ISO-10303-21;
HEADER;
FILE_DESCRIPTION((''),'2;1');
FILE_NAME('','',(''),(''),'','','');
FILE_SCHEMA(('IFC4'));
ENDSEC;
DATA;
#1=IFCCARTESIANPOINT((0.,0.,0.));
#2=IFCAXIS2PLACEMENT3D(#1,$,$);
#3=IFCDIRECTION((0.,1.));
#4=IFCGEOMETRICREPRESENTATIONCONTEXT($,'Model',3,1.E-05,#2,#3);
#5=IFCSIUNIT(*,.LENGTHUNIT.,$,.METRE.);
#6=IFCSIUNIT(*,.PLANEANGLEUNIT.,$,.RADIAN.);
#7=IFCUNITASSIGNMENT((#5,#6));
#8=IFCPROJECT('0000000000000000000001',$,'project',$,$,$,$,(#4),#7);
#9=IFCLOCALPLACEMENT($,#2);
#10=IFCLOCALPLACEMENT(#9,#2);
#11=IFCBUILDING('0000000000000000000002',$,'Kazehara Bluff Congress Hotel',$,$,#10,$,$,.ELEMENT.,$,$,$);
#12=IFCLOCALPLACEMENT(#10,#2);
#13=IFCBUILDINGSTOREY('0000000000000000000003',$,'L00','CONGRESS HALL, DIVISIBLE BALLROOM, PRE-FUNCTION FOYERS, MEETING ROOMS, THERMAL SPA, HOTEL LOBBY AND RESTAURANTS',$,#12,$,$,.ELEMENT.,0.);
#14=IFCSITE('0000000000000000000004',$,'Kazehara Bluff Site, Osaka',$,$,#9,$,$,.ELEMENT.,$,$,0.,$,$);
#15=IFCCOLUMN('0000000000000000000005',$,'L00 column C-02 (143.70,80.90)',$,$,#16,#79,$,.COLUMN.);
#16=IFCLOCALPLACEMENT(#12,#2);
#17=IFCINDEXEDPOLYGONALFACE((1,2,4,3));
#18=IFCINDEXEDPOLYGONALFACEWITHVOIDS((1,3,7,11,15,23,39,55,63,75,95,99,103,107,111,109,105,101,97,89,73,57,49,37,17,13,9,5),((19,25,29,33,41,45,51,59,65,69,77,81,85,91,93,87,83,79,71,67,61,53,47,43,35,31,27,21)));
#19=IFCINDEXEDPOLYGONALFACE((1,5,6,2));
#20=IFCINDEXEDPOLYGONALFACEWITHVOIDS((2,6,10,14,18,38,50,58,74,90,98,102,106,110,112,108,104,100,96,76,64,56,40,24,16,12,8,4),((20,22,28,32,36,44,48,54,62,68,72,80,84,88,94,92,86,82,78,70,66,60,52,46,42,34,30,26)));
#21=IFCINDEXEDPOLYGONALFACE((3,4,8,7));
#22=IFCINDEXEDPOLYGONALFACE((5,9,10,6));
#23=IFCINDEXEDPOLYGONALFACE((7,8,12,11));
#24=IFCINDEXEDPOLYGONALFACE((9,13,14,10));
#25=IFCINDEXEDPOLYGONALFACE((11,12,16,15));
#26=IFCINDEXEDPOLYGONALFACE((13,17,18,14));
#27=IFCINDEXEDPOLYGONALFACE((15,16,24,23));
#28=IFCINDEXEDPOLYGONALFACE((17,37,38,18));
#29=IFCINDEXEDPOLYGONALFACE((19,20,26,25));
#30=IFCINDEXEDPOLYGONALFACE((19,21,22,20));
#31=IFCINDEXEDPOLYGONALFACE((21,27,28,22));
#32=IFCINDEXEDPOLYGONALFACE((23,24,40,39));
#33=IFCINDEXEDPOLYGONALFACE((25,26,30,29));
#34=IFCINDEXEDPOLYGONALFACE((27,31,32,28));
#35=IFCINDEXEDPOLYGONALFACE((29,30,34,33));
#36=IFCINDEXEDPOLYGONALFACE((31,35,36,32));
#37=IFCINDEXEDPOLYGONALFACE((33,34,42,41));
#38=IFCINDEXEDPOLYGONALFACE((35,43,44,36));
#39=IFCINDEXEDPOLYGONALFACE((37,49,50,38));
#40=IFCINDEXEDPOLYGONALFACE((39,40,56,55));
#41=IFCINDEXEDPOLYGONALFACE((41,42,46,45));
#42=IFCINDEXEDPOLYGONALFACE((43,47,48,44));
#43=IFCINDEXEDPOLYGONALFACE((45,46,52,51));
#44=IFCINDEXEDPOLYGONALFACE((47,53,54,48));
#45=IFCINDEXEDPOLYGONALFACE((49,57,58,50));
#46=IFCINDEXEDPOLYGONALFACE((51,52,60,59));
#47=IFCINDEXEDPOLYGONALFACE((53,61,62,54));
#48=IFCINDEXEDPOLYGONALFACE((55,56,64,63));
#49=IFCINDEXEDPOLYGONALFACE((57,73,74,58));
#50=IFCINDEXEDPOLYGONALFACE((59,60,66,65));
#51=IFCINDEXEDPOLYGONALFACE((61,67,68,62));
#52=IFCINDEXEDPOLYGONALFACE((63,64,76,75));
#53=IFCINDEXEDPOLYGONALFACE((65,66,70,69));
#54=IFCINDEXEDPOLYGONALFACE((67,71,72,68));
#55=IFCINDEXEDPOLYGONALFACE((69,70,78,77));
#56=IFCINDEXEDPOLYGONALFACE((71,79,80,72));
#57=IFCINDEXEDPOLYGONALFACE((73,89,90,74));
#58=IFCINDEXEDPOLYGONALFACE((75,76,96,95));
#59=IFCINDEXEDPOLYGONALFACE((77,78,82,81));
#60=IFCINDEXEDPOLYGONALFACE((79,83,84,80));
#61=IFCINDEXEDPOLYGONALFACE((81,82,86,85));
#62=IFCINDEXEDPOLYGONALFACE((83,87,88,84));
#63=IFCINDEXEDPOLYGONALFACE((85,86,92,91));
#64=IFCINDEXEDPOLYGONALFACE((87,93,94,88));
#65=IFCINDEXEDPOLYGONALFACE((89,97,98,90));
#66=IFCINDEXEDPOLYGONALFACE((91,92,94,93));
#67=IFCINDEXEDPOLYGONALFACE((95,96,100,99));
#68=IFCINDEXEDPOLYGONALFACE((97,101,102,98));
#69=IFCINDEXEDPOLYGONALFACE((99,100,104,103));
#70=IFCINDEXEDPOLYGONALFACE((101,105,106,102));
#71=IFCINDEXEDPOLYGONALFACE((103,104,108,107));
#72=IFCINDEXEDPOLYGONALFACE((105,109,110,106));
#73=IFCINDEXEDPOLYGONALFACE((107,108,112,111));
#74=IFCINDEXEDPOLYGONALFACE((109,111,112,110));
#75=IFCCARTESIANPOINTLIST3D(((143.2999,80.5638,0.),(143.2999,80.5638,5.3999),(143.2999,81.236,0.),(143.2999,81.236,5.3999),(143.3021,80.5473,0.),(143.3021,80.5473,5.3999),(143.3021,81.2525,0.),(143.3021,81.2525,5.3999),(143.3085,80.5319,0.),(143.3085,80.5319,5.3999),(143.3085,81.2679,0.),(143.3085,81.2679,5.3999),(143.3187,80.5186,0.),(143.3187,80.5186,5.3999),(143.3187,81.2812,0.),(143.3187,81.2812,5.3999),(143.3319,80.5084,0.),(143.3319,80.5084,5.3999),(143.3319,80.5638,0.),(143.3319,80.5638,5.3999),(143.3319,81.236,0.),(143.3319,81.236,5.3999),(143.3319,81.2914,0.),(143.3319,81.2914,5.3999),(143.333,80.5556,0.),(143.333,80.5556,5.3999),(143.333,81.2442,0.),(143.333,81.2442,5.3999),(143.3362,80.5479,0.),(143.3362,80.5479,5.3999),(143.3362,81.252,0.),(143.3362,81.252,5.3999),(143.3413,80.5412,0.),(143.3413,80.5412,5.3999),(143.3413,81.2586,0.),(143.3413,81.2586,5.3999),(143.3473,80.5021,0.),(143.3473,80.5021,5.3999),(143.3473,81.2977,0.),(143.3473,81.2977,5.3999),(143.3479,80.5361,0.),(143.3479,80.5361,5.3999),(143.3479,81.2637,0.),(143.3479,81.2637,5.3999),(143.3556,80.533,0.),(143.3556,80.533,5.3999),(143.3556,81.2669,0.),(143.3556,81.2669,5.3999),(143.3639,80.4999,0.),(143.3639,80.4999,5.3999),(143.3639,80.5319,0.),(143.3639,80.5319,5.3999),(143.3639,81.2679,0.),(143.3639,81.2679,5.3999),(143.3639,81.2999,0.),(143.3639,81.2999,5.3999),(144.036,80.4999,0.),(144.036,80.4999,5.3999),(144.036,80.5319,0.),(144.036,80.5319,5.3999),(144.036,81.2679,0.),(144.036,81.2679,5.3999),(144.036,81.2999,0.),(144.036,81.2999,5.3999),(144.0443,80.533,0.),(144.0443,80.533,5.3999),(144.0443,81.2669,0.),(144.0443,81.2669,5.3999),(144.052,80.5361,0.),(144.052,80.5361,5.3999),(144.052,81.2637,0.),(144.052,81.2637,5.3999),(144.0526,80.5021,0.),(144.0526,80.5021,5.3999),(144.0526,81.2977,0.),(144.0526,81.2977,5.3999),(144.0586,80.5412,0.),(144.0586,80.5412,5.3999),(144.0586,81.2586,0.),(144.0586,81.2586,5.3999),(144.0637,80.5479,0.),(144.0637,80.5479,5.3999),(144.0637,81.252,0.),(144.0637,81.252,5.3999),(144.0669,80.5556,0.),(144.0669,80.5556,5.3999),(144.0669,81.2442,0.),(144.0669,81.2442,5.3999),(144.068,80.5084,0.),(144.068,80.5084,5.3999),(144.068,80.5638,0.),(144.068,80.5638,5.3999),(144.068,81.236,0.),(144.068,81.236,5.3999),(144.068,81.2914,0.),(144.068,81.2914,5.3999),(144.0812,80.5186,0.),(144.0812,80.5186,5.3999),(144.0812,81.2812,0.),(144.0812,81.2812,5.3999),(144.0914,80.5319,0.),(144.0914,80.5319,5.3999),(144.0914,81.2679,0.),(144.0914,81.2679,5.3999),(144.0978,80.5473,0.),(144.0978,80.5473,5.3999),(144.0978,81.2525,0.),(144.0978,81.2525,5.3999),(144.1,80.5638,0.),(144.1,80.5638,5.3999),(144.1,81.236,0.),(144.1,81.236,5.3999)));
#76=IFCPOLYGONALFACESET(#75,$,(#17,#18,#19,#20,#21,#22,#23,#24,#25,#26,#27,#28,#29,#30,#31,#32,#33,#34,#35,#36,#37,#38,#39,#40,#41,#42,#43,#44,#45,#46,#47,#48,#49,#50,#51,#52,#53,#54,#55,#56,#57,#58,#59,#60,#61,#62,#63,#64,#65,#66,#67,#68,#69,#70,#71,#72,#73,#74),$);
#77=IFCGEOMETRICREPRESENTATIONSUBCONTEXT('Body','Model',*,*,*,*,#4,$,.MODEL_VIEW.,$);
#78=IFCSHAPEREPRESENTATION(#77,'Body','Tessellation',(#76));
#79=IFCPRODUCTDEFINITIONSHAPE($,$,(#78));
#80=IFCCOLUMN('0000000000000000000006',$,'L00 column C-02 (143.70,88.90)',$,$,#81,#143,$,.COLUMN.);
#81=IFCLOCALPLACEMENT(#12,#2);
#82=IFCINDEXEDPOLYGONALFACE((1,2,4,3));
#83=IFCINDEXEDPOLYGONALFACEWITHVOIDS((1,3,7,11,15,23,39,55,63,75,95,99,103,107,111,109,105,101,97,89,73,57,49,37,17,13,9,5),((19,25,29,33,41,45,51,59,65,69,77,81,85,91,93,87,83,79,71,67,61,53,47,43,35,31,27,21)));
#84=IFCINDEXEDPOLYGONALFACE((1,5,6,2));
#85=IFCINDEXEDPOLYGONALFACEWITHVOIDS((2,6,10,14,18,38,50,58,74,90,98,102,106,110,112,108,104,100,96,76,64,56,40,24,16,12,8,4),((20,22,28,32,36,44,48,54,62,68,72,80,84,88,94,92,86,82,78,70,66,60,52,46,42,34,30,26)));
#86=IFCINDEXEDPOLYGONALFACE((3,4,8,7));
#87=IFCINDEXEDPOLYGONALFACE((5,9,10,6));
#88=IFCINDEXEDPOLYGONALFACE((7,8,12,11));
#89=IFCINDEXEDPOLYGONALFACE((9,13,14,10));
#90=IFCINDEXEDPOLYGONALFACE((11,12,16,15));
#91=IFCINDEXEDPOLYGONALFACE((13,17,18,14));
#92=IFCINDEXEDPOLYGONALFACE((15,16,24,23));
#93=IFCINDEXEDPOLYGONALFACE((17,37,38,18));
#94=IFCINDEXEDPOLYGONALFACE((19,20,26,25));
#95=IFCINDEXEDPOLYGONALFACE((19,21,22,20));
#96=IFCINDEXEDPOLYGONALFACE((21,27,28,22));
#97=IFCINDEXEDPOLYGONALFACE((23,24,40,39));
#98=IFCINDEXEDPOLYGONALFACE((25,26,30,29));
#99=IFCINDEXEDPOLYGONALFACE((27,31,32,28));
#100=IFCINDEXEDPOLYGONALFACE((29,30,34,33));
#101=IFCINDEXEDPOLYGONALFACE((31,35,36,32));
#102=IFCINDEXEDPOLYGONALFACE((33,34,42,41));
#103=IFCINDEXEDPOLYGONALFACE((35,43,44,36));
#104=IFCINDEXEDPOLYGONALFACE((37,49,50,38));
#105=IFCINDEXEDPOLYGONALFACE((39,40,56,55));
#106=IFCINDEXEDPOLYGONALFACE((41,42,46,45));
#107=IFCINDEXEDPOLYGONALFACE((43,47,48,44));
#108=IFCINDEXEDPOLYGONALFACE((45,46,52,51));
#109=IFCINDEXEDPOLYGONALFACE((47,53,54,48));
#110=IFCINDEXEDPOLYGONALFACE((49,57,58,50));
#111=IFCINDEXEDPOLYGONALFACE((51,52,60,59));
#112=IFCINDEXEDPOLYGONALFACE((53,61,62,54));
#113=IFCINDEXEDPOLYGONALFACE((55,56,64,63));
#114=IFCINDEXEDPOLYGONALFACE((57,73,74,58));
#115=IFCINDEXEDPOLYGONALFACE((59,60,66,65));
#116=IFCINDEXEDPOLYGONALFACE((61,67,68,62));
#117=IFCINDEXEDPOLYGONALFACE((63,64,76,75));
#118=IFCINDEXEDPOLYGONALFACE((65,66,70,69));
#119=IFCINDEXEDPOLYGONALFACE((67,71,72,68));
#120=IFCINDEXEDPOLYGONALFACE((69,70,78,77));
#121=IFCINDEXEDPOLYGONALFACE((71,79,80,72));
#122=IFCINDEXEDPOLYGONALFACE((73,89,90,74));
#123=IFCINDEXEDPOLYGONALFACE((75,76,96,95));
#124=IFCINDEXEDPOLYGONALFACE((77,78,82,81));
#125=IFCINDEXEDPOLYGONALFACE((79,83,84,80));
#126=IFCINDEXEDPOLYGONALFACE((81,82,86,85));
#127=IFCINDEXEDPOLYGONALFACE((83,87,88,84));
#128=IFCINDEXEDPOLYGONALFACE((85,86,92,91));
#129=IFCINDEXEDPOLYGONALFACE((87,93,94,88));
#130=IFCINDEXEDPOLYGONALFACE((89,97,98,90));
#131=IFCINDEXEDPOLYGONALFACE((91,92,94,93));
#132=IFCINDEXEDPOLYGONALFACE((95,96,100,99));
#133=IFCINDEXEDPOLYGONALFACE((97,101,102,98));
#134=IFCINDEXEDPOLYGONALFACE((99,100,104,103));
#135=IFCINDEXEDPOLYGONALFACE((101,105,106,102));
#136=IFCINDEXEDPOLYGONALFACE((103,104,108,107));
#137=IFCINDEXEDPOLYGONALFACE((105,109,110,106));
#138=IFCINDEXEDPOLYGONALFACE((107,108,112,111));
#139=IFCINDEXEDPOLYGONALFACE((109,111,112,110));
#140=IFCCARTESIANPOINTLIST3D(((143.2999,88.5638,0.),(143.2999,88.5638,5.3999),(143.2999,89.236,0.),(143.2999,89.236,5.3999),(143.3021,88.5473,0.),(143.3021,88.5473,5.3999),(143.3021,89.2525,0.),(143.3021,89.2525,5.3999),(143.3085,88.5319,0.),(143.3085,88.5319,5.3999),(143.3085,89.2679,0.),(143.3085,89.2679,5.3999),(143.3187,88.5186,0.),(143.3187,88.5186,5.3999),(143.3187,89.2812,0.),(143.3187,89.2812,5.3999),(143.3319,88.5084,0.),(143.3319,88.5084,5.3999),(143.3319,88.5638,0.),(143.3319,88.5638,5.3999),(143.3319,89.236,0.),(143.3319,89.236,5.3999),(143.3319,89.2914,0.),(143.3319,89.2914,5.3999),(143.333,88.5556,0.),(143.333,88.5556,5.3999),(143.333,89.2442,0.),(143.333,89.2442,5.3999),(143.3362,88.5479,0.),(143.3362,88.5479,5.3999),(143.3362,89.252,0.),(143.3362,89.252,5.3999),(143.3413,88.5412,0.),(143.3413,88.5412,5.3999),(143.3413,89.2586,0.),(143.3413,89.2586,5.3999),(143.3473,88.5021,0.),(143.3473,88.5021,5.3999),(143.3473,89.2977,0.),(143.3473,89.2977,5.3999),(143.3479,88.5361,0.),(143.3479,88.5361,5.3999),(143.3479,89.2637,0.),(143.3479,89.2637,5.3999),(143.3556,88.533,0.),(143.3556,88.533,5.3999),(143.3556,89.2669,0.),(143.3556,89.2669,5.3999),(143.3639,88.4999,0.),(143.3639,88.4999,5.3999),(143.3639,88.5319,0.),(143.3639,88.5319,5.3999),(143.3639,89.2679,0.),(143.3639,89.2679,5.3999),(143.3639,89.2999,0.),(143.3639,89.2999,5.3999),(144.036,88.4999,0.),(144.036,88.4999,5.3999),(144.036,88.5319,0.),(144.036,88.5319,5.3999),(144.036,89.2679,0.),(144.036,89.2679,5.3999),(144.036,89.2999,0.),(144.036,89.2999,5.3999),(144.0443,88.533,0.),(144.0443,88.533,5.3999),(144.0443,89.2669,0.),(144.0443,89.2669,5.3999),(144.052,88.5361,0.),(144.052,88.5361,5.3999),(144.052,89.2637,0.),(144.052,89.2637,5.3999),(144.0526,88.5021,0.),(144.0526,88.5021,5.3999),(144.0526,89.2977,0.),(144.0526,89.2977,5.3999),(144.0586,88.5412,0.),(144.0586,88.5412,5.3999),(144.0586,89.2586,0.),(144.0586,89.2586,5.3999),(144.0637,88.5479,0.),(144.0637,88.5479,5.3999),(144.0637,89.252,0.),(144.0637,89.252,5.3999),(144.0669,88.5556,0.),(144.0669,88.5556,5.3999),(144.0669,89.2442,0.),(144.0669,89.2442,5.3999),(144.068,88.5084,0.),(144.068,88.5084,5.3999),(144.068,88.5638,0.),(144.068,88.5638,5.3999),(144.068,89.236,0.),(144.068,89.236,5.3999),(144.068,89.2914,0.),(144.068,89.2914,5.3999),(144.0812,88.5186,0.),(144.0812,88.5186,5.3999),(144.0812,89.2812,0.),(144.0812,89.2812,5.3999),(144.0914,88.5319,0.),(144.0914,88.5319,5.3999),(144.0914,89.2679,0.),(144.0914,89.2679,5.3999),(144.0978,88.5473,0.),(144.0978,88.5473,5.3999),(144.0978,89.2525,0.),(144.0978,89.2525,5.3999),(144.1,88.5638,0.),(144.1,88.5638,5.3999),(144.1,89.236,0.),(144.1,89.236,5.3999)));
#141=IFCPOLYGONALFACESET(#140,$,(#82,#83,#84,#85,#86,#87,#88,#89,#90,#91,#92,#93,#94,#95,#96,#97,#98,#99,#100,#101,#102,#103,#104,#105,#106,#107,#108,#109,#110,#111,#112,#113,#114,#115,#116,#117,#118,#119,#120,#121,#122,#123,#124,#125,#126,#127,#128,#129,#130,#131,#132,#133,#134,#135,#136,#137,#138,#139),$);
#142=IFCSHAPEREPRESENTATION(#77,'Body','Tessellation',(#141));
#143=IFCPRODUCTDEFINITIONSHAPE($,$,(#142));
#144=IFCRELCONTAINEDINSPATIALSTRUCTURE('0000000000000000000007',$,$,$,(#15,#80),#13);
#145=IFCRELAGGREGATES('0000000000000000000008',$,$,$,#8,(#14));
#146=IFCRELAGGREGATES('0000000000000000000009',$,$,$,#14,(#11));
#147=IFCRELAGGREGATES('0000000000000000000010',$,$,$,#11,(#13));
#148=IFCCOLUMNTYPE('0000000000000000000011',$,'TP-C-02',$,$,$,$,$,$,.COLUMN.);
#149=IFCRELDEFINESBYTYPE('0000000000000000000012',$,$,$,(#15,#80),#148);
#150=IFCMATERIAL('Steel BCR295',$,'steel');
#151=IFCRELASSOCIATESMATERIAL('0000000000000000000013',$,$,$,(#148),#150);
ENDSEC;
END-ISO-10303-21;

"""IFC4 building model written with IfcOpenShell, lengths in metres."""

from ifc_helpers import new_model, si_unit, direction, frame, origin, origin_2d, place, context, subcontext, project, spatial, hollow_rectangle, extrude, material, material_profile, profile_set, type_object, element, save


model = new_model("IFC4")

# Units and contexts
model_context = context("Model", 3, precision=1e-05, world=origin(), true_north=direction((0.0, 1.0)))
body_context = subcontext(model_context, "Body", "Model", "MODEL_VIEW")
ifc_project = project(units=[si_unit("LENGTHUNIT", "METRE"), si_unit("PLANEANGLEUNIT", "RADIAN")], contexts=[model_context])

# Site, building, storey
site_placement = place(None, origin())
site = spatial("IfcSite", under=ifc_project, at=site_placement, Name="Kazehara Bluff Site, Osaka", CompositionType="ELEMENT", RefElevation=0.0)
building_placement = place(site_placement, origin())
building = spatial("IfcBuilding", under=site, at=building_placement, Name="Kazehara Bluff Congress Hotel", CompositionType="ELEMENT")
storey_placement = place(building_placement, origin())
storey = spatial("IfcBuildingStorey", under=building, at=storey_placement, Name="L00", Description="CONGRESS HALL, DIVISIBLE BALLROOM, PRE-FUNCTION FOYERS, MEETING ROOMS, THERMAL SPA, HOTEL LOBBY AND RESTAURANTS", CompositionType="ELEMENT", Elevation=0.0)

# Columns
ifc_material_1 = material(Name="Steel BCR295", Category="steel")
ifc_material_profile_1 = material_profile(ifc_material_1, hollow_rectangle(XDim=0.8, YDim=0.8, WallThickness=0.032, InnerFilletRadius=0.032, OuterFilletRadius=0.064, at=origin_2d()))
ifc_profile_set_1 = profile_set([ifc_material_profile_1], Name="Steel BCR295")
column_type = type_object("IfcColumnType", Name="TP-C-02", PredefinedType="COLUMN", material=ifc_profile_set_1)
for number, where, z_axis, x_axis, name in (
    (1, (143.7, 80.8999, 0.0), (0.0, 0.0, 1.0), (1.0, 0.0, 0.0), "L00 column C-02 (143.70,80.90)"),
    (2, (143.7, 88.8999, 0.0), (0.0, 0.0, 1.0), (1.0, 0.0, 0.0), "L00 column C-02 (143.70,88.90)"),
):
    element("IfcColumn", number, at=place(storey_placement, frame(where, z_axis=z_axis, x_axis=x_axis)), inside=storey, type_object=column_type, Name=name, PredefinedType="COLUMN", context=body_context, shape_type="SweptSolid", body=[
        extrude(hollow_rectangle(XDim=0.8, YDim=0.8, WallThickness=0.032, InnerFilletRadius=0.032, OuterFilletRadius=0.064, at=origin_2d()), origin(), (0.0, 0.0, 1.0), 5.3999),
    ])

save(model, "model.ifc")
